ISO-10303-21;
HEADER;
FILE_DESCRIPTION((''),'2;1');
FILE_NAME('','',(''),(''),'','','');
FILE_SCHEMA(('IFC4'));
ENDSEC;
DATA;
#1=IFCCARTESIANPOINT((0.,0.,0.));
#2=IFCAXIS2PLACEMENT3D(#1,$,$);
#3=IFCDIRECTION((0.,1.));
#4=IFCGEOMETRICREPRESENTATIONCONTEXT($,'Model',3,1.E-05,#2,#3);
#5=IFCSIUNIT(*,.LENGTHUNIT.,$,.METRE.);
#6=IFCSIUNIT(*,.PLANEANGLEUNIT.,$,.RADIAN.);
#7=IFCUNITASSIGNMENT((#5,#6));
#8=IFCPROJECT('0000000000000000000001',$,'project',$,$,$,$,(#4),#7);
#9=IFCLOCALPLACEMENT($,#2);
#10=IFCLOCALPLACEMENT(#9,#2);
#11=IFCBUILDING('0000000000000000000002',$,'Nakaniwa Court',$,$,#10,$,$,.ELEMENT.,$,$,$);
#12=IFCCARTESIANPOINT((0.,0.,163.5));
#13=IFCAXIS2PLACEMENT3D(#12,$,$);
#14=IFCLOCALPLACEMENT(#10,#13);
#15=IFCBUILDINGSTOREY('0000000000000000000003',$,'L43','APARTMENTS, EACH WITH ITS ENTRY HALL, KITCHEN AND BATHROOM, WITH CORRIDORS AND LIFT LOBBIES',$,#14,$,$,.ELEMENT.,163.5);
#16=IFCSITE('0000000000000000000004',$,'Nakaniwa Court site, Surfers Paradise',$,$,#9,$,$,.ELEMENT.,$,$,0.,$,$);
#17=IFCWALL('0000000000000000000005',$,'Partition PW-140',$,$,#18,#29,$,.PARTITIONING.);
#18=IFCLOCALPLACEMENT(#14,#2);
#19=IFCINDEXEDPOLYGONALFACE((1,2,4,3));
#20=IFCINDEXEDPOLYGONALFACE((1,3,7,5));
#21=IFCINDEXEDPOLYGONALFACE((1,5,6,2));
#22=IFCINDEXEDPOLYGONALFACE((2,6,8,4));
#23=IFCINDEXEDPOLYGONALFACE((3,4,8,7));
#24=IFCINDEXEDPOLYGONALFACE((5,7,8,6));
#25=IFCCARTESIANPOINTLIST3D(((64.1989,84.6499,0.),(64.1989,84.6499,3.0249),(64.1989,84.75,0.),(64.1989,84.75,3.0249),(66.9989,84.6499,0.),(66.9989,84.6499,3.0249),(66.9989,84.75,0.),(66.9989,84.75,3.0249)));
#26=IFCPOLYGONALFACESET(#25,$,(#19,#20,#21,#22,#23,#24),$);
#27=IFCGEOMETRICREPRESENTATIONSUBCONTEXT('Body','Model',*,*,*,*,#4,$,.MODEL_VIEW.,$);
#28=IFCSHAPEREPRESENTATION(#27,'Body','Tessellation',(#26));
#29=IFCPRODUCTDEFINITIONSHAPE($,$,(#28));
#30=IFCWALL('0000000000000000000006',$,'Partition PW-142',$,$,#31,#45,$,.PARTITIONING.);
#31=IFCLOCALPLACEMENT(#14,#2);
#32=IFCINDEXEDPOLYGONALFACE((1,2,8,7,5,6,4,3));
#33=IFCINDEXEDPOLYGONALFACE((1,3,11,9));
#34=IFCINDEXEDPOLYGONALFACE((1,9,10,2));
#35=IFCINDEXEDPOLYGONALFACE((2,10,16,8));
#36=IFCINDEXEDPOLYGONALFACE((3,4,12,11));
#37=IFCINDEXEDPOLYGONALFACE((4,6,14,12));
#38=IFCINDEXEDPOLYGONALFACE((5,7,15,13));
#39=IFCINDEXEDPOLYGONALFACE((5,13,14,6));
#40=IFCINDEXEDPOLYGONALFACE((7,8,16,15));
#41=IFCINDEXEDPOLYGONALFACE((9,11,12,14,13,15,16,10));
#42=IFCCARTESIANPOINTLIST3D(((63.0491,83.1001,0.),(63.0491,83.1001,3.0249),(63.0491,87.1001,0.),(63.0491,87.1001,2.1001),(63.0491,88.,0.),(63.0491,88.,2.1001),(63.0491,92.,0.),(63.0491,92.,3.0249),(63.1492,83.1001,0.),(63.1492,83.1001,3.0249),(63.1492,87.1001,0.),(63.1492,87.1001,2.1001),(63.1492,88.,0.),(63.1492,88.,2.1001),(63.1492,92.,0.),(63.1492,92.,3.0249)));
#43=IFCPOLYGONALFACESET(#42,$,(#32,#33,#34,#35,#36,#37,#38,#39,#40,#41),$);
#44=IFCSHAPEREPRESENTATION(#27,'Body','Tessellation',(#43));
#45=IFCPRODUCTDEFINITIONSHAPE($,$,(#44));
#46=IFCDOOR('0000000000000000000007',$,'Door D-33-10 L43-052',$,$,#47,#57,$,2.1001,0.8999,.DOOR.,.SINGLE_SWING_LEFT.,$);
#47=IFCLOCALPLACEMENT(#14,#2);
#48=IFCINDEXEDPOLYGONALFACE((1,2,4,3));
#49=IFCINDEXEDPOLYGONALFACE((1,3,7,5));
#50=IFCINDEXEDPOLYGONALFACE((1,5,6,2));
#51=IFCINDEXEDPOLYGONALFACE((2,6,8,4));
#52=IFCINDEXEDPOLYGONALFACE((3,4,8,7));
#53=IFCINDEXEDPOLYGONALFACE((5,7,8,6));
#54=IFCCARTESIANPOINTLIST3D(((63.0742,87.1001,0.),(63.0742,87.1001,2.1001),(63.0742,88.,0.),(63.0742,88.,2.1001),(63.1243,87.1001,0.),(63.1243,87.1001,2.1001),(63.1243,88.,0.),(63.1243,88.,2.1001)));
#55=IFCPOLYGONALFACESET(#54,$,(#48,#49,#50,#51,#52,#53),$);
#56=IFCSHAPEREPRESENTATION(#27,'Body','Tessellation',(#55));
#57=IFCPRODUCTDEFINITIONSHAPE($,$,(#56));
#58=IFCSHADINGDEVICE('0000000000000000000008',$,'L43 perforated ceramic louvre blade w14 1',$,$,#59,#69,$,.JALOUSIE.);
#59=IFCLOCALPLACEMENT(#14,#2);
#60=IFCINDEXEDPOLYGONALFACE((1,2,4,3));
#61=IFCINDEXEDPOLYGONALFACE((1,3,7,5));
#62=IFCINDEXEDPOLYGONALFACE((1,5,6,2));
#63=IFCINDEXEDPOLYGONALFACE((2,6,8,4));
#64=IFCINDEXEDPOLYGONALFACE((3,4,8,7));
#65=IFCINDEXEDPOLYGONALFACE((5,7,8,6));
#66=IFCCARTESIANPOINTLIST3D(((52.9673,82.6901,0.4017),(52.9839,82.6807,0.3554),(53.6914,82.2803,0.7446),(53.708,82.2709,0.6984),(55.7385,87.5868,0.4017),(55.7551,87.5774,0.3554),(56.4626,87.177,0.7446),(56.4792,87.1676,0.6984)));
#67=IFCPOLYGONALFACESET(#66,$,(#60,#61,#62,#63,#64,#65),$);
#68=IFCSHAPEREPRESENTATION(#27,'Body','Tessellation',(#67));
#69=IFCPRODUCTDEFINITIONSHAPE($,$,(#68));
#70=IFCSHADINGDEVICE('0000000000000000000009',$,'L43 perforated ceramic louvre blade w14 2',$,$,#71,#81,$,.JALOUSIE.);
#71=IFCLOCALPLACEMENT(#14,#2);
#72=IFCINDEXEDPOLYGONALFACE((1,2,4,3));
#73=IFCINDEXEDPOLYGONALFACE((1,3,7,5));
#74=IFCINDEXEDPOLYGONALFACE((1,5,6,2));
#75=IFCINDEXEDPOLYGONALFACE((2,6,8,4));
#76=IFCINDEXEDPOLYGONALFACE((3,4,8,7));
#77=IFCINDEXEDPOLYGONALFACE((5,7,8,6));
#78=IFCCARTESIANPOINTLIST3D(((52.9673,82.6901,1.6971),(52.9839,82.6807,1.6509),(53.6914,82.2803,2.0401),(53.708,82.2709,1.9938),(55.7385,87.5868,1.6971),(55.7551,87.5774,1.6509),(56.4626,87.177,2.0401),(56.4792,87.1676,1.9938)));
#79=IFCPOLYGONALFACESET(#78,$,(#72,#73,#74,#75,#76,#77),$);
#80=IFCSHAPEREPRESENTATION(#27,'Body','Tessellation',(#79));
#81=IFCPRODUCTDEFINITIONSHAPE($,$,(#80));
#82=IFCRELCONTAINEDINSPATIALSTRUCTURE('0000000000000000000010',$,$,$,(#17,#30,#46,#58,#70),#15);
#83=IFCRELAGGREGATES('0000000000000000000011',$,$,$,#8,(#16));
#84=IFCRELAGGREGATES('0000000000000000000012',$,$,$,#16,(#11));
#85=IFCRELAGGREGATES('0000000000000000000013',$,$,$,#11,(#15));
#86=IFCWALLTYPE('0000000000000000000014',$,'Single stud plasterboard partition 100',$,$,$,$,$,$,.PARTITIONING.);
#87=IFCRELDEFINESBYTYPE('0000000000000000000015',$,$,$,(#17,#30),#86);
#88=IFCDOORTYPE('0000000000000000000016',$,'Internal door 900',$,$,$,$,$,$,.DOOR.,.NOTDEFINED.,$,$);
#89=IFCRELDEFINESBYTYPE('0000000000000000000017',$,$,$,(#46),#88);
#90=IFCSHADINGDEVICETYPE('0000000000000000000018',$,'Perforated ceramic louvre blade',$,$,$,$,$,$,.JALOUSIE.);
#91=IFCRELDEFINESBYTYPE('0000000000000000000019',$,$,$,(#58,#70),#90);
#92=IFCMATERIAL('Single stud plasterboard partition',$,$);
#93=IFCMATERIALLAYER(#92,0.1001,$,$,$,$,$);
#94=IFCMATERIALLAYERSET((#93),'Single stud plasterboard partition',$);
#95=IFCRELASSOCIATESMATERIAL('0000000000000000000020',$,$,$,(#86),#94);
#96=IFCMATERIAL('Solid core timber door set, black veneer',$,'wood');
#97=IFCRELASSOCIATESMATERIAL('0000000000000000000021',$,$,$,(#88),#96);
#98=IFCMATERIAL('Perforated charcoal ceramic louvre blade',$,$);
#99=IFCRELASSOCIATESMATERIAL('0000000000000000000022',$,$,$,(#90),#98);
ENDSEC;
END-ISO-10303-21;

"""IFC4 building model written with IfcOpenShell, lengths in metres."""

from ifc_helpers import new_model, si_unit, direction, frame, frame_2d, origin, origin_2d, place, context, subcontext, project, spatial, rectangle, extrude, material, layer, layer_set, material_profile, profile_set, type_object, element, fill, save


model = new_model("IFC4")

# Units and contexts
model_context = context("Model", 3, precision=1e-05, world=origin(), true_north=direction((0.0, 1.0)))
body_context = subcontext(model_context, "Body", "Model", "MODEL_VIEW")
ifc_project = project(units=[si_unit("LENGTHUNIT", "METRE"), si_unit("PLANEANGLEUNIT", "RADIAN")], contexts=[model_context])

# Site, building, storey
site_placement = place(None, origin())
site = spatial("IfcSite", under=ifc_project, at=site_placement, Name="Nakaniwa Court site, Surfers Paradise", CompositionType="ELEMENT", RefElevation=0.0)
building_placement = place(site_placement, origin())
building = spatial("IfcBuilding", under=site, at=building_placement, Name="Nakaniwa Court", CompositionType="ELEMENT")
storey_placement = place(building_placement, frame((0.0, 0.0, 163.5)))
storey = spatial("IfcBuildingStorey", under=building, at=storey_placement, Name="L43", Description="APARTMENTS, EACH WITH ITS ENTRY HALL, KITCHEN AND BATHROOM, WITH CORRIDORS AND LIFT LOBBIES", CompositionType="ELEMENT", Elevation=163.5)

# Shared definitions
ifc_material_1 = material(Name="Solid core timber door set, black veneer", Category="wood")

# Shared definitions
ifc_material_2 = material(Name="Single stud plasterboard partition")
ifc_layer_1 = layer(ifc_material_2, 0.1001)
ifc_layer_set_1 = layer_set([ifc_layer_1], Name="Single stud plasterboard partition")
wall_type_1 = type_object("IfcWallType", Name="Single stud plasterboard partition 100", PredefinedType="PARTITIONING", material=ifc_layer_set_1)

# Shared definitions
door_type_1 = type_object("IfcDoorType", Name="Internal door 900", OperationType="NOTDEFINED", PredefinedType="DOOR", material=ifc_material_1)

# Wall
for number, where, z_axis, x_axis, name in (
    (1, (64.199, 84.7, 0.0), (0.0, 0.0, 1.0), (1.0, 0.0, 0.0), "Partition PW-140"),
):
    element("IfcWall", number, at=place(storey_placement, frame(where, z_axis=z_axis, x_axis=x_axis)), inside=storey, type_object=wall_type_1, Name=name, PredefinedType="PARTITIONING", context=body_context, shape_type="SweptSolid", body=[
        extrude(rectangle(XDim=2.8, YDim=0.1001, at=frame_2d((1.3999, 0.0))), origin(), (0.0, 0.0, 1.0), 3.0249),
    ])

# Wall, opening, door
wall_1_placement = place(storey_placement, frame((63.0991, 83.1001, 0.0), z_axis=(0.0, 0.0, 1.0), x_axis=(0.0, 1.0, 0.0)))
wall_1 = element("IfcWall", 2, at=wall_1_placement, inside=storey, type_object=wall_type_1, Name="Partition PW-142", PredefinedType="PARTITIONING", context=body_context, shape_type="SweptSolid", body=[
    extrude(rectangle(XDim=8.8999, YDim=0.1001, at=frame_2d((4.45, 0.0))), origin(), (0.0, 0.0, 1.0), 3.0249),
])
opening_1_placement = place(wall_1_placement, frame((4.0, 0.0, 0.0)))
opening_1 = element("IfcOpeningElement", 3, at=opening_1_placement, cuts=wall_1, PredefinedType="OPENING", context=body_context, shape_type="SweptSolid", body=[
    extrude(rectangle(XDim=0.8999, YDim=2.1001, at=frame_2d((0.45, 1.05))), frame((0.0, 0.0601, 0.0), z_axis=(0.0, -1.0, 0.0), x_axis=(1.0, 0.0, 0.0)), (0.0, 0.0, 1.0), 0.1201),
])
door_1_placement = place(opening_1_placement, origin())
door_1 = element("IfcDoor", 4, at=door_1_placement, inside=storey, type_object=door_type_1, Name="Door D-33-10 L43-052", OperationType="SINGLE_SWING_LEFT", OverallHeight=2.1001, OverallWidth=0.8999, PredefinedType="DOOR", context=body_context, shape_type="SweptSolid", body=[
    extrude(rectangle(XDim=0.8999, YDim=2.1001, at=frame_2d((0.45, 1.05))), frame((0.0, 0.0249, 0.0), z_axis=(0.0, -1.0, 0.0), x_axis=(1.0, 0.0, 0.0)), (0.0, 0.0, 1.0), 0.05),
])
fill(opening_1, door_1)

# Shading devices
ifc_material_3 = material(Name="Perforated charcoal ceramic louvre blade")
ifc_material_profile_1 = material_profile(ifc_material_3, rectangle(XDim=0.8999, YDim=0.05, at=origin_2d()), Name="Perforated ceramic louvre blade")
ifc_profile_set_1 = profile_set([ifc_material_profile_1], Name="Perforated charcoal ceramic louvre blade")
shading_device_type = type_object("IfcShadingDeviceType", Name="Perforated ceramic louvre blade", PredefinedType="JALOUSIE", material=ifc_profile_set_1)
for number, where, z_axis, x_axis, name in (
    (5, (56.1089, 87.3772, 0.55), (-0.492532, -0.870294, 0.0), (0.804627, -0.455368, 0.38107), "L43 perforated ceramic louvre blade w14 1"),
    (6, (56.1089, 87.3772, 1.8455), (-0.492532, -0.870294, 0.0), (0.804627, -0.455368, 0.38107), "L43 perforated ceramic louvre blade w14 2"),
):
    element("IfcShadingDevice", number, at=place(storey_placement, frame(where, z_axis=z_axis, x_axis=x_axis)), inside=storey, type_object=shading_device_type, Name=name, PredefinedType="JALOUSIE", context=body_context, shape_type="SweptSolid", body=[
        extrude(rectangle(XDim=0.8999, YDim=0.05, at=origin_2d()), origin(), (0.0, 0.0, 1.0), 5.6265),
    ])

save(model, "model.ifc")
